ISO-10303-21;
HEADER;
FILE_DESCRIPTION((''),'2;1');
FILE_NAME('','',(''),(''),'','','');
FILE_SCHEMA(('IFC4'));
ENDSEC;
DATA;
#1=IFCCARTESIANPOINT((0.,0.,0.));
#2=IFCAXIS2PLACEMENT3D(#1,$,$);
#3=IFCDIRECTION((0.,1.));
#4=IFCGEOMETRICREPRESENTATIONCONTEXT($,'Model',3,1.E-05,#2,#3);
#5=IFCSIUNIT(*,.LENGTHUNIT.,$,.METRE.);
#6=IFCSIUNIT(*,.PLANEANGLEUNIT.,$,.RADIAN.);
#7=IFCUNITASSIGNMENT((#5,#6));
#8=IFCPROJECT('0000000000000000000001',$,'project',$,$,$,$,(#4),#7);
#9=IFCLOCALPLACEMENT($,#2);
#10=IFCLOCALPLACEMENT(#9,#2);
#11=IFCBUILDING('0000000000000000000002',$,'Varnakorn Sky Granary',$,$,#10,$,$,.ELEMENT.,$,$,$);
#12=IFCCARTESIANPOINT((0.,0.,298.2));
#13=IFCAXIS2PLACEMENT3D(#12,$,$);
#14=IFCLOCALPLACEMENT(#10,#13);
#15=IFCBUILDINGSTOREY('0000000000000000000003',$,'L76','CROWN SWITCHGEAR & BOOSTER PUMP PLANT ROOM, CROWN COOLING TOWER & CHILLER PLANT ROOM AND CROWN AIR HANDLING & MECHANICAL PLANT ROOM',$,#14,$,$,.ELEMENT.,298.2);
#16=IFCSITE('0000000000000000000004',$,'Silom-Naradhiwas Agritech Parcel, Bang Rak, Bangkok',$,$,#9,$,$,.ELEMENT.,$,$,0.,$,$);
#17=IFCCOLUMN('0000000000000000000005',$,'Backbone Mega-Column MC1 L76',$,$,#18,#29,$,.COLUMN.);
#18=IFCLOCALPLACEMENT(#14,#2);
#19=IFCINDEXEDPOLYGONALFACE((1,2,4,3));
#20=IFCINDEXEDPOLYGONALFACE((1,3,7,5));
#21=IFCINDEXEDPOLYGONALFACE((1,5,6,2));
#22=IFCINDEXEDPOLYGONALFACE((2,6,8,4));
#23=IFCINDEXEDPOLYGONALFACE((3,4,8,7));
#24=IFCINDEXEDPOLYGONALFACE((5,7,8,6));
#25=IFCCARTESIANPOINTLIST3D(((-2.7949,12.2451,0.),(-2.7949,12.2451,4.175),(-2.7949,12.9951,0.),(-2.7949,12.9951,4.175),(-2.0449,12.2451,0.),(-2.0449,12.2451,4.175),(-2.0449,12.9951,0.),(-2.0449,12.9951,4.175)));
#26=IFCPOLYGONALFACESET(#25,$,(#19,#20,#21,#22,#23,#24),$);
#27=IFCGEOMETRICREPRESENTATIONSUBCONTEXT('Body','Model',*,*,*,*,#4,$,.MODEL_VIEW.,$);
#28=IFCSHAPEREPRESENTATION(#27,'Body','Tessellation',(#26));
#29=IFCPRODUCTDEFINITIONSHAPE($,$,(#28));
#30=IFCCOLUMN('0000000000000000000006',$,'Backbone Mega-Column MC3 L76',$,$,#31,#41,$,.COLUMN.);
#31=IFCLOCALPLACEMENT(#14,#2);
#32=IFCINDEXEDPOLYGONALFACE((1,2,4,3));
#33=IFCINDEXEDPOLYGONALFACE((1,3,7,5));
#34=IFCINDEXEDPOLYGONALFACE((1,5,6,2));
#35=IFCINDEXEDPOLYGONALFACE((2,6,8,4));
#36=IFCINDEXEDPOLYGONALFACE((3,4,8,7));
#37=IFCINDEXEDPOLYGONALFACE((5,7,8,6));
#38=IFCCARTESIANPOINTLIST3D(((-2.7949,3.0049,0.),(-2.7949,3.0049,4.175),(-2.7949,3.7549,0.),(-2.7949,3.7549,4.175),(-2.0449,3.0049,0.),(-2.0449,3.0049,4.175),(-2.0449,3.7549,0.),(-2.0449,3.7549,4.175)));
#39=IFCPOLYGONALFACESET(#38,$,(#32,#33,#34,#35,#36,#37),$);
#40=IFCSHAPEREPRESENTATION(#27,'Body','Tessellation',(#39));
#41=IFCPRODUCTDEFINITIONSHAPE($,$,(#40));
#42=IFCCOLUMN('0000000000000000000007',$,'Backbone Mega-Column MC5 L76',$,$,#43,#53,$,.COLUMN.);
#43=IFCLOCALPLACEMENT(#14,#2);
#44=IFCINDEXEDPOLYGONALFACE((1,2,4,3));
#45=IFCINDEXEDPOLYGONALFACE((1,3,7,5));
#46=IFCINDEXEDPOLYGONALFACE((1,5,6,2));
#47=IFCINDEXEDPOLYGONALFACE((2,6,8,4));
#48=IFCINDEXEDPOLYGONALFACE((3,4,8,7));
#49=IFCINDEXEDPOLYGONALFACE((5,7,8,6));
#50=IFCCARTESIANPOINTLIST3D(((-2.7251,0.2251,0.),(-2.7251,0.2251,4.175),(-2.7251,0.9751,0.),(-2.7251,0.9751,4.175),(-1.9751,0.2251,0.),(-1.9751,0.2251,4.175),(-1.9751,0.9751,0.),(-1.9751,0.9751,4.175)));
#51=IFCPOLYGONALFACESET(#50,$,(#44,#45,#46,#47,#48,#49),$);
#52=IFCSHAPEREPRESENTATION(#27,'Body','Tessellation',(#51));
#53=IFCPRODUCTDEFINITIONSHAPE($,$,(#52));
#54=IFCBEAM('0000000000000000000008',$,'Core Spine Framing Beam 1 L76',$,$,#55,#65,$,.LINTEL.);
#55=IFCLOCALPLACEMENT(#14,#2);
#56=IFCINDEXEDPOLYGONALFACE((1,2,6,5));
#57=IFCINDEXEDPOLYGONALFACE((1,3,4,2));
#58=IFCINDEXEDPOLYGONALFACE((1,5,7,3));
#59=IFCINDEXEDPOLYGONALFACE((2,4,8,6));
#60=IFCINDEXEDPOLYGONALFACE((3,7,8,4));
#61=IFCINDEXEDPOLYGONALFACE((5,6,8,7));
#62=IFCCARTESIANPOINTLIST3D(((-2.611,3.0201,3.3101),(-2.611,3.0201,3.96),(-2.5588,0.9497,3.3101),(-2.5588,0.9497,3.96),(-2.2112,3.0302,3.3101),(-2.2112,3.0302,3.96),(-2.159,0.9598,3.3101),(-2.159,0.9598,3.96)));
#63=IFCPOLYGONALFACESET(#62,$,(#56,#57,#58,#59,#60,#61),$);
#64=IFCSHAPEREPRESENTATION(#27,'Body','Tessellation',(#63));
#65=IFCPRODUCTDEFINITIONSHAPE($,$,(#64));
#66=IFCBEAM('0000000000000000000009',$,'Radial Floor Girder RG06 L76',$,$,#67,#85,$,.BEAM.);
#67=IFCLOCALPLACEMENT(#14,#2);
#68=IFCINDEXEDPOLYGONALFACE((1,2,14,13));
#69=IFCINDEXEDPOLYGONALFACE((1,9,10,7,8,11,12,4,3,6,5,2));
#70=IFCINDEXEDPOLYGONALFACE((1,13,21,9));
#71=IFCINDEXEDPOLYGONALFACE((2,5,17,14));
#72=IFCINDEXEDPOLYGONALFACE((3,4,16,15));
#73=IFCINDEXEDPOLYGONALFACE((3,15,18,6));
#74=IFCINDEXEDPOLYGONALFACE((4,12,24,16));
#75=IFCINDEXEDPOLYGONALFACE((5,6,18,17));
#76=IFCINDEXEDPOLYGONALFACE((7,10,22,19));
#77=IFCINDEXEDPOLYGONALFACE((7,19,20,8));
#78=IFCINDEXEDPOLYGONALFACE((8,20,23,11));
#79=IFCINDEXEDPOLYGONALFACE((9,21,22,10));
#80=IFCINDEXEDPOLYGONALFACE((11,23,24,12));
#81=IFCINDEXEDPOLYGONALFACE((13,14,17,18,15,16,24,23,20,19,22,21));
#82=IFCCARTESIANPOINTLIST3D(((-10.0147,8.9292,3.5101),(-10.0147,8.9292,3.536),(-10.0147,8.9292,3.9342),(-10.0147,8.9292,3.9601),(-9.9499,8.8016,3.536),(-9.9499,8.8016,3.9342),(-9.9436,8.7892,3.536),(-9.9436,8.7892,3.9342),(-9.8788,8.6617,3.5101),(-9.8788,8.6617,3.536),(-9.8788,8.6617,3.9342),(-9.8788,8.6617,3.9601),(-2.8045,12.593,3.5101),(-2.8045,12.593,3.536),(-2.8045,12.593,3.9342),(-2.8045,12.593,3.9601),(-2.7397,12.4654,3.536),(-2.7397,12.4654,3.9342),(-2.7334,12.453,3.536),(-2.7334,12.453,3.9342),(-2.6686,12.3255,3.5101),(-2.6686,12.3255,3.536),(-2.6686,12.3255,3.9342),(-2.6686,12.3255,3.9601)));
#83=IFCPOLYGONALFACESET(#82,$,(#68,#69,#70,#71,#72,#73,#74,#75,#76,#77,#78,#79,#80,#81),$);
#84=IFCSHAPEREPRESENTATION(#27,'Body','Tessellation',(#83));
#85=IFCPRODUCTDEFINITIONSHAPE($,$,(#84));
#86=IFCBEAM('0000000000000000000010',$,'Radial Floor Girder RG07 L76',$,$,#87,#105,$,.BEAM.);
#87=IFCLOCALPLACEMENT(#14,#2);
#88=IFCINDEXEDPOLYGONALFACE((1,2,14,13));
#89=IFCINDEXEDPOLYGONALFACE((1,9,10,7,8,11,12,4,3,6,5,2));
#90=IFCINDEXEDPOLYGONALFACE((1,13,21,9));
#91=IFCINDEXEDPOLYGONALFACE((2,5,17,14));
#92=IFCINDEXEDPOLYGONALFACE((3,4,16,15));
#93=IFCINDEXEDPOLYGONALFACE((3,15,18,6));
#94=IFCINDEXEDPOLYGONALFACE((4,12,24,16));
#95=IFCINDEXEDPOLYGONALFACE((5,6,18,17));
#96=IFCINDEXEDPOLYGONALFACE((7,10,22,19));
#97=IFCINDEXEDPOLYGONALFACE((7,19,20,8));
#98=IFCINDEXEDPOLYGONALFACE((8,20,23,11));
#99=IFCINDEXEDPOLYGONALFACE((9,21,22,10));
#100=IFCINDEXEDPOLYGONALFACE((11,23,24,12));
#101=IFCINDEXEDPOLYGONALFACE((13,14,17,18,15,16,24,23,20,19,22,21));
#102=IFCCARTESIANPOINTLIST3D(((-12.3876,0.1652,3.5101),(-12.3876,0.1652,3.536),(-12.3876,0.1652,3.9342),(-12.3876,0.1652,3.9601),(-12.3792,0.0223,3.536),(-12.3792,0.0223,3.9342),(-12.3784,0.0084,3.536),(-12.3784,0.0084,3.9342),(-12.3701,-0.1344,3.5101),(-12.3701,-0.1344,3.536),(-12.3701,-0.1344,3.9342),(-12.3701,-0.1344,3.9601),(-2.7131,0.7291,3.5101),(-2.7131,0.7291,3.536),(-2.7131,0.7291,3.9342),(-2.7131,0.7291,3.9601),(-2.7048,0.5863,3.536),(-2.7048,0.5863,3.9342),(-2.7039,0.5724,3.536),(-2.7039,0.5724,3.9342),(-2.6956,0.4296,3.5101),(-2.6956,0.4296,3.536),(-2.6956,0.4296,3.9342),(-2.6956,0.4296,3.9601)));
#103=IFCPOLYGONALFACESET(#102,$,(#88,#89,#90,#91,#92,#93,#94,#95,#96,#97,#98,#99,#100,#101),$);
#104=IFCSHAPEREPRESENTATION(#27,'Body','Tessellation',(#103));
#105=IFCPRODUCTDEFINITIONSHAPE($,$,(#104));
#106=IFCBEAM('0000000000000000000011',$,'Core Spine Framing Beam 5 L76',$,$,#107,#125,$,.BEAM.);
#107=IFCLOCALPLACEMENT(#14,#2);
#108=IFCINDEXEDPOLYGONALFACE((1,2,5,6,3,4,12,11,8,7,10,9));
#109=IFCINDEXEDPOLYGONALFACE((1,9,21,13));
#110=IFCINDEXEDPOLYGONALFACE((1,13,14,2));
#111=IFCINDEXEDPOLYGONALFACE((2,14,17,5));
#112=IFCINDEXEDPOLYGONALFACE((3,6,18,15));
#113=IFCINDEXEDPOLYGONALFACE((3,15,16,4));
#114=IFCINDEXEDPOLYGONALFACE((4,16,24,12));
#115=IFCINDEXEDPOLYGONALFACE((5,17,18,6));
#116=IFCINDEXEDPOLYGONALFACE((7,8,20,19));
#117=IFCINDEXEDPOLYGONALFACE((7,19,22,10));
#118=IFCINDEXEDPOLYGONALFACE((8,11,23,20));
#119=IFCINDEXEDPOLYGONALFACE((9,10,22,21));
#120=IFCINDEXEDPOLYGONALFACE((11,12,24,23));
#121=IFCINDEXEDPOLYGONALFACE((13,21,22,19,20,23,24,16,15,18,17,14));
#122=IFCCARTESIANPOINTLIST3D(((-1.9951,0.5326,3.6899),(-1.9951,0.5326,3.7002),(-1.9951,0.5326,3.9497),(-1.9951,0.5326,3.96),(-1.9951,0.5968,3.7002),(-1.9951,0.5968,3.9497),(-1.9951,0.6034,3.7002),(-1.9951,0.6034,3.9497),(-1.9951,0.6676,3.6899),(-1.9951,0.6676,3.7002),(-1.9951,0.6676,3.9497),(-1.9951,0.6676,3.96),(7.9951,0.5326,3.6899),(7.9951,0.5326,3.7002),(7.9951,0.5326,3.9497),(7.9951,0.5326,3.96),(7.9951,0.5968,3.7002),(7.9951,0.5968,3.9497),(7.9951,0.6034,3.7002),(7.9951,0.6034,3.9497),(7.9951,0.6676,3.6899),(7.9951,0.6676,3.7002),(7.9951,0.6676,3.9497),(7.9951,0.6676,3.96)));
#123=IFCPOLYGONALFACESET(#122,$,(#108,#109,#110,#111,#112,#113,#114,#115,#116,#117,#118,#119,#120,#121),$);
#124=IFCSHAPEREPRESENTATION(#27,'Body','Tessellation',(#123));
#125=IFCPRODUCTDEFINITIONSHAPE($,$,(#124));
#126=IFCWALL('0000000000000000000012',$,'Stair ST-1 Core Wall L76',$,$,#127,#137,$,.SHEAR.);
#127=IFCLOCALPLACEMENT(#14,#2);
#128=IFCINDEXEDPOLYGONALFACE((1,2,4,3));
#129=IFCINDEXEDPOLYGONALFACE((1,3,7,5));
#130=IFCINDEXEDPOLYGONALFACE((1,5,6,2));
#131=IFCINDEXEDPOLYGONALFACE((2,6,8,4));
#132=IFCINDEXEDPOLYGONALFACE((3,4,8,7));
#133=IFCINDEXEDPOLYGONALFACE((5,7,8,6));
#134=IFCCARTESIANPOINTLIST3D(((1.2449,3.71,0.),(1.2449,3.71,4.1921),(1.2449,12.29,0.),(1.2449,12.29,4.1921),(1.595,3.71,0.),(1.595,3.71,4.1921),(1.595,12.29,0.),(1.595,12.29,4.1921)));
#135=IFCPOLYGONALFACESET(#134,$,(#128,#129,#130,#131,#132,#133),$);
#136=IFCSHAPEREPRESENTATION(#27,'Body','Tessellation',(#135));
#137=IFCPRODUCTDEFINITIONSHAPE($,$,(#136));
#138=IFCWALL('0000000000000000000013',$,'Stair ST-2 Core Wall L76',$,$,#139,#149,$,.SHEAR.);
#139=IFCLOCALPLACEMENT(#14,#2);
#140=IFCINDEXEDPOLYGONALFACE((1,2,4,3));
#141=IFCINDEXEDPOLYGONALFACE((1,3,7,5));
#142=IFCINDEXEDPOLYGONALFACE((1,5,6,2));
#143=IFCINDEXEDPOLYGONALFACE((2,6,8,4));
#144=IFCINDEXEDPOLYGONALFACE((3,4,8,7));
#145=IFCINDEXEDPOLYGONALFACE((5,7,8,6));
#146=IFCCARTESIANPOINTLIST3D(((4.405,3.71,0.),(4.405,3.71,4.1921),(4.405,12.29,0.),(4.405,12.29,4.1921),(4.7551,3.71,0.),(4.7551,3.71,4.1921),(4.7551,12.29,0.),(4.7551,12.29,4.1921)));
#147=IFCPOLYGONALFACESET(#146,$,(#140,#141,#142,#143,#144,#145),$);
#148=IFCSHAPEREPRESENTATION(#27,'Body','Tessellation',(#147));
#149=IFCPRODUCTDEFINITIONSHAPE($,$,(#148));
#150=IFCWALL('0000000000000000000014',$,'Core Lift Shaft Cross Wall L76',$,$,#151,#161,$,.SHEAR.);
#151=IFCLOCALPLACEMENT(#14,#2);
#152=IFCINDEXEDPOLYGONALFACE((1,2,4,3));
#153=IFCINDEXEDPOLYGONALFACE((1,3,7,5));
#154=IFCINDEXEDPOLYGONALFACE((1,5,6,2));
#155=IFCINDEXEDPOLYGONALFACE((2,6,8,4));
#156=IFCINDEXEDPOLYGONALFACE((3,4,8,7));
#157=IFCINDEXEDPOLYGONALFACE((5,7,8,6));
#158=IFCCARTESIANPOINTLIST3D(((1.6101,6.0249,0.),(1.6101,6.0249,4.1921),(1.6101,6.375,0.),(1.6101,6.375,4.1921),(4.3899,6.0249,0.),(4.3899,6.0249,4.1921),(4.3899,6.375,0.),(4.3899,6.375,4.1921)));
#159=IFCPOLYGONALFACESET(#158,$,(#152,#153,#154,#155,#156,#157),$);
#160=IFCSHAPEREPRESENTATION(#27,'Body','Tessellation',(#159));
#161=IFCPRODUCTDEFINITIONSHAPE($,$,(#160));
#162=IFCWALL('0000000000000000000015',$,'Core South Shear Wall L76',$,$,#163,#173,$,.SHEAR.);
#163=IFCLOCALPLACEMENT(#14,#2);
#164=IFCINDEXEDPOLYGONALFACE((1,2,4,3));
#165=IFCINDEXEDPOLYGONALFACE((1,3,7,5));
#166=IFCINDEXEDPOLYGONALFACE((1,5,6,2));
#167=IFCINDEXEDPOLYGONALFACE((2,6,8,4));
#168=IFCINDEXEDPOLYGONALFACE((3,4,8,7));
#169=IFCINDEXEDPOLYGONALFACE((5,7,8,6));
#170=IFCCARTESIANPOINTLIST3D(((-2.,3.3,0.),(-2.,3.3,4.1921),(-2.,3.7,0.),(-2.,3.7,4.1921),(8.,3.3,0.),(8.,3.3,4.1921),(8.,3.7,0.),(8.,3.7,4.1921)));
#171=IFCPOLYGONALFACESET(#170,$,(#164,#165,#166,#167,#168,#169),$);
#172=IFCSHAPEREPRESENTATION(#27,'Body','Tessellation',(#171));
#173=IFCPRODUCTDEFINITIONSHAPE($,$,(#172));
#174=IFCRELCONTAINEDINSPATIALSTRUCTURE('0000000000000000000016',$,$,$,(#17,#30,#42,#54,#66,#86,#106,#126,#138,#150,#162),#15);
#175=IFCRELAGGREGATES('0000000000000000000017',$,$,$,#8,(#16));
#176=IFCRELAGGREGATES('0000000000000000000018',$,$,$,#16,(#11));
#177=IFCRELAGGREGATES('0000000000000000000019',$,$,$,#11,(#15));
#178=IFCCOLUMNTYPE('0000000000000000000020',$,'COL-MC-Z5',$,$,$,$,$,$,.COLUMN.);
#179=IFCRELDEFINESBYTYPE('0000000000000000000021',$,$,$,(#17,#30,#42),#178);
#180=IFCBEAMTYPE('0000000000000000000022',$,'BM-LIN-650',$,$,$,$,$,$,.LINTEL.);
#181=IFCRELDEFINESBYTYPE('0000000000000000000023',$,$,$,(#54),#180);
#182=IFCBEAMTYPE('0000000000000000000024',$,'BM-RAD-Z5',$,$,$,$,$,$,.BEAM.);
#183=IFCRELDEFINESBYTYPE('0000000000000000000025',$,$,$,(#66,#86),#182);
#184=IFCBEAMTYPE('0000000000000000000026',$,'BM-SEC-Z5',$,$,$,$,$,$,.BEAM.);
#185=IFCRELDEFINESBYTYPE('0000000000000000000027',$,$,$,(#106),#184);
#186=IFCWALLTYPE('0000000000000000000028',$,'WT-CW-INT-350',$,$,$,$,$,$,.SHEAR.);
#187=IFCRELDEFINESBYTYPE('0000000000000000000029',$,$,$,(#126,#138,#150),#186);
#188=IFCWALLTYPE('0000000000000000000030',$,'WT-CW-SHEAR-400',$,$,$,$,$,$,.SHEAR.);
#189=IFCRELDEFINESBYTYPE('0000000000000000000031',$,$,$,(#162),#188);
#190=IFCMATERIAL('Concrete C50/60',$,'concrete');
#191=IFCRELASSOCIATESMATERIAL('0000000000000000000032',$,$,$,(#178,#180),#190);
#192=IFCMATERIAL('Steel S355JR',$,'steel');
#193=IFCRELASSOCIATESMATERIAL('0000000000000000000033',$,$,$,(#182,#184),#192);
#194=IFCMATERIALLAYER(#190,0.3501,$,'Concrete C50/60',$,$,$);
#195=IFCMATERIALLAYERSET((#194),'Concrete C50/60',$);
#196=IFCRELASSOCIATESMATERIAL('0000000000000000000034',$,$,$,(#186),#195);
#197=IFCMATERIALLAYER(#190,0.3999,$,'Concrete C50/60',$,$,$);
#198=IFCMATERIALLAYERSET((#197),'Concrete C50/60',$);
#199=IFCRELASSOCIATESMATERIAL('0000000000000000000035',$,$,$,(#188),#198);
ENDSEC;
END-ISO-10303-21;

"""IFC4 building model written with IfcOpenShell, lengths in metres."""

from ifc_helpers import new_model, si_unit, direction, frame, frame_2d, origin, origin_2d, place, context, subcontext, project, spatial, rectangle, i_section, extrude, material, layer, layer_set, material_profile, profile_set, type_object, element, save


model = new_model("IFC4")

# Units and contexts
model_context = context("Model", 3, precision=1e-05, world=origin(), true_north=direction((0.0, 1.0)))
body_context = subcontext(model_context, "Body", "Model", "MODEL_VIEW")
ifc_project = project(units=[si_unit("LENGTHUNIT", "METRE"), si_unit("PLANEANGLEUNIT", "RADIAN")], contexts=[model_context])

# Site, building, storey
site_placement = place(None, origin())
site = spatial("IfcSite", under=ifc_project, at=site_placement, Name="Silom-Naradhiwas Agritech Parcel, Bang Rak, Bangkok", CompositionType="ELEMENT", RefElevation=0.0)
building_placement = place(site_placement, origin())
building = spatial("IfcBuilding", under=site, at=building_placement, Name="Varnakorn Sky Granary", CompositionType="ELEMENT")
storey_placement = place(building_placement, frame((0.0, 0.0, 298.2)))
storey = spatial("IfcBuildingStorey", under=building, at=storey_placement, Name="L76", Description="CROWN SWITCHGEAR & BOOSTER PUMP PLANT ROOM, CROWN COOLING TOWER & CHILLER PLANT ROOM AND CROWN AIR HANDLING & MECHANICAL PLANT ROOM", CompositionType="ELEMENT", Elevation=298.2)

# Columns
ifc_material_1 = material(Name="Concrete C50/60", Category="concrete")
ifc_material_profile_1 = material_profile(ifc_material_1, rectangle(XDim=0.75, YDim=0.75, at=origin_2d()), Name="RC 750x750")
ifc_profile_set_1 = profile_set([ifc_material_profile_1], Name="Concrete C50/60")
column_type = type_object("IfcColumnType", Name="COL-MC-Z5", PredefinedType="COLUMN", material=ifc_profile_set_1)
for number, where, z_axis, x_axis, name in (
    (1, (-2.4199, 12.6201, 0.0), (0.0, 0.0, 1.0), (1.0, 0.0, 0.0), "Backbone Mega-Column MC1 L76"),
    (2, (-2.4199, 3.3799, 0.0), (0.0, 0.0, 1.0), (1.0, 0.0, 0.0), "Backbone Mega-Column MC3 L76"),
    (3, (-2.3501, 0.6001, 0.0), (0.0, 0.0, 1.0), (1.0, 0.0, 0.0), "Backbone Mega-Column MC5 L76"),
):
    element("IfcColumn", number, at=place(storey_placement, frame(where, z_axis=z_axis, x_axis=x_axis)), inside=storey, type_object=column_type, Name=name, PredefinedType="COLUMN", context=body_context, shape_type="SweptSolid", body=[
        extrude(rectangle(XDim=0.75, YDim=0.75, at=origin_2d()), origin(), (0.0, 0.0, 1.0), 4.175),
    ])

# Beams
ifc_material_profile_2 = material_profile(ifc_material_1, rectangle(XDim=0.3999, YDim=0.6499, at=origin_2d()), Name="RC 400x650")
ifc_profile_set_2 = profile_set([ifc_material_profile_2], Name="Concrete C50/60")
beam_type_1 = type_object("IfcBeamType", Name="BM-LIN-650", PredefinedType="LINTEL", material=ifc_profile_set_2)
beam_1_placement = place(storey_placement, frame((-2.4111, 3.0251, 3.635), z_axis=(0.025228, -0.999682, 0.0), x_axis=(0.999682, 0.025228, 0.0)))
element("IfcBeam", 4, at=beam_1_placement, inside=storey, type_object=beam_type_1, Name="Core Spine Framing Beam 1 L76", PredefinedType="LINTEL", context=body_context, shape_type="SweptSolid", body=[
    extrude(rectangle(XDim=0.3999, YDim=0.6499, at=origin_2d()), origin(), (0.0, 0.0, 1.0), 2.071),
])
ifc_material_2 = material(Name="Steel S355JR", Category="steel")
ifc_material_profile_3 = material_profile(ifc_material_2, i_section(OverallWidth=0.3, OverallDepth=0.45, WebThickness=0.0139, FlangeThickness=0.0259, at=origin_2d()), Name="HE 450 B")
ifc_profile_set_3 = profile_set([ifc_material_profile_3], Name="Steel S355JR")
beam_type_2 = type_object("IfcBeamType", Name="BM-RAD-Z5", PredefinedType="BEAM", material=ifc_profile_set_3)
beam_2_placement = place(storey_placement, frame((-2.7366, 12.4592, 3.7351), z_axis=(-0.891504, -0.453012, 0.0), x_axis=(0.453012, -0.891504, 0.0)))
element("IfcBeam", 5, at=beam_2_placement, inside=storey, type_object=beam_type_2, Name="Radial Floor Girder RG06 L76", PredefinedType="BEAM", context=body_context, shape_type="SweptSolid", body=[
    extrude(i_section(OverallWidth=0.3, OverallDepth=0.45, WebThickness=0.0139, FlangeThickness=0.0259, at=origin_2d()), origin(), (0.0, 0.0, 1.0), 8.0876),
])
beam_3_placement = place(storey_placement, frame((-2.7043, 0.5793, 3.7351), z_axis=(-0.998305, -0.058195, 0.0), x_axis=(0.058195, -0.998305, 0.0)))
element("IfcBeam", 6, at=beam_3_placement, inside=storey, type_object=beam_type_2, Name="Radial Floor Girder RG07 L76", PredefinedType="BEAM", context=body_context, shape_type="SweptSolid", body=[
    extrude(i_section(OverallWidth=0.3, OverallDepth=0.45, WebThickness=0.0139, FlangeThickness=0.0259, at=origin_2d()), origin(), (0.0, 0.0, 1.0), 9.6909),
])
ifc_material_profile_4 = material_profile(ifc_material_2, i_section(OverallWidth=0.135, OverallDepth=0.27, WebThickness=0.0066, FlangeThickness=0.0103, at=origin_2d()), Name="IPE 270")
ifc_profile_set_4 = profile_set([ifc_material_profile_4], Name="Steel S355JR")
beam_type_3 = type_object("IfcBeamType", Name="BM-SEC-Z5", PredefinedType="BEAM", material=ifc_profile_set_4)
beam_4_placement = place(storey_placement, frame((-1.9951, 0.6001, 3.825), z_axis=(1.0, 0.0, 0.0), x_axis=(0.0, 1.0, 0.0)))
element("IfcBeam", 7, at=beam_4_placement, inside=storey, type_object=beam_type_3, Name="Core Spine Framing Beam 5 L76", PredefinedType="BEAM", context=body_context, shape_type="SweptSolid", body=[
    extrude(i_section(OverallWidth=0.135, OverallDepth=0.27, WebThickness=0.0066, FlangeThickness=0.0103, at=origin_2d()), origin(), (0.0, 0.0, 1.0), 9.9902),
])

# Walls
ifc_layer_1 = layer(ifc_material_1, 0.3501, Name="Concrete C50/60")
ifc_layer_set_1 = layer_set([ifc_layer_1], Name="Concrete C50/60")
wall_type_1 = type_object("IfcWallType", Name="WT-CW-INT-350", PredefinedType="SHEAR", material=ifc_layer_set_1)
for number, where, z_axis, x_axis, name in (
    (8, (1.4199, 3.71, 0.0), (0.0, 0.0, 1.0), (0.0, 1.0, 0.0), "Stair ST-1 Core Wall L76"),
    (9, (4.5801, 3.71, 0.0), (0.0, 0.0, 1.0), (0.0, 1.0, 0.0), "Stair ST-2 Core Wall L76"),
):
    element("IfcWall", number, at=place(storey_placement, frame(where, z_axis=z_axis, x_axis=x_axis)), inside=storey, type_object=wall_type_1, Name=name, PredefinedType="SHEAR", context=body_context, shape_type="SweptSolid", body=[
        extrude(rectangle(XDim=8.5801, YDim=0.3501, at=frame_2d((4.29, 0.0))), origin(), (0.0, 0.0, 1.0), 4.1921),
    ])
wall_1_placement = place(storey_placement, frame((1.6101, 6.2, 0.0), z_axis=(0.0, 0.0, 1.0), x_axis=(1.0, 0.0, 0.0)))
element("IfcWall", 10, at=wall_1_placement, inside=storey, type_object=wall_type_1, Name="Core Lift Shaft Cross Wall L76", PredefinedType="SHEAR", context=body_context, shape_type="SweptSolid", body=[
    extrude(rectangle(XDim=2.7798, YDim=0.3501, at=frame_2d((1.3899, 0.0))), origin(), (0.0, 0.0, 1.0), 4.1921),
])
ifc_layer_2 = layer(ifc_material_1, 0.3999, Name="Concrete C50/60")
ifc_layer_set_2 = layer_set([ifc_layer_2], Name="Concrete C50/60")
wall_type_2 = type_object("IfcWallType", Name="WT-CW-SHEAR-400", PredefinedType="SHEAR", material=ifc_layer_set_2)
wall_2_placement = place(storey_placement, frame((-2.0, 3.5, 0.0), z_axis=(0.0, 0.0, 1.0), x_axis=(1.0, 0.0, 0.0)))
element("IfcWall", 11, at=wall_2_placement, inside=storey, type_object=wall_type_2, Name="Core South Shear Wall L76", PredefinedType="SHEAR", context=body_context, shape_type="SweptSolid", body=[
    extrude(rectangle(XDim=10.0, YDim=0.3999, at=frame_2d((5.0, 0.0))), origin(), (0.0, 0.0, 1.0), 4.1921),
])

save(model, "model.ifc")
